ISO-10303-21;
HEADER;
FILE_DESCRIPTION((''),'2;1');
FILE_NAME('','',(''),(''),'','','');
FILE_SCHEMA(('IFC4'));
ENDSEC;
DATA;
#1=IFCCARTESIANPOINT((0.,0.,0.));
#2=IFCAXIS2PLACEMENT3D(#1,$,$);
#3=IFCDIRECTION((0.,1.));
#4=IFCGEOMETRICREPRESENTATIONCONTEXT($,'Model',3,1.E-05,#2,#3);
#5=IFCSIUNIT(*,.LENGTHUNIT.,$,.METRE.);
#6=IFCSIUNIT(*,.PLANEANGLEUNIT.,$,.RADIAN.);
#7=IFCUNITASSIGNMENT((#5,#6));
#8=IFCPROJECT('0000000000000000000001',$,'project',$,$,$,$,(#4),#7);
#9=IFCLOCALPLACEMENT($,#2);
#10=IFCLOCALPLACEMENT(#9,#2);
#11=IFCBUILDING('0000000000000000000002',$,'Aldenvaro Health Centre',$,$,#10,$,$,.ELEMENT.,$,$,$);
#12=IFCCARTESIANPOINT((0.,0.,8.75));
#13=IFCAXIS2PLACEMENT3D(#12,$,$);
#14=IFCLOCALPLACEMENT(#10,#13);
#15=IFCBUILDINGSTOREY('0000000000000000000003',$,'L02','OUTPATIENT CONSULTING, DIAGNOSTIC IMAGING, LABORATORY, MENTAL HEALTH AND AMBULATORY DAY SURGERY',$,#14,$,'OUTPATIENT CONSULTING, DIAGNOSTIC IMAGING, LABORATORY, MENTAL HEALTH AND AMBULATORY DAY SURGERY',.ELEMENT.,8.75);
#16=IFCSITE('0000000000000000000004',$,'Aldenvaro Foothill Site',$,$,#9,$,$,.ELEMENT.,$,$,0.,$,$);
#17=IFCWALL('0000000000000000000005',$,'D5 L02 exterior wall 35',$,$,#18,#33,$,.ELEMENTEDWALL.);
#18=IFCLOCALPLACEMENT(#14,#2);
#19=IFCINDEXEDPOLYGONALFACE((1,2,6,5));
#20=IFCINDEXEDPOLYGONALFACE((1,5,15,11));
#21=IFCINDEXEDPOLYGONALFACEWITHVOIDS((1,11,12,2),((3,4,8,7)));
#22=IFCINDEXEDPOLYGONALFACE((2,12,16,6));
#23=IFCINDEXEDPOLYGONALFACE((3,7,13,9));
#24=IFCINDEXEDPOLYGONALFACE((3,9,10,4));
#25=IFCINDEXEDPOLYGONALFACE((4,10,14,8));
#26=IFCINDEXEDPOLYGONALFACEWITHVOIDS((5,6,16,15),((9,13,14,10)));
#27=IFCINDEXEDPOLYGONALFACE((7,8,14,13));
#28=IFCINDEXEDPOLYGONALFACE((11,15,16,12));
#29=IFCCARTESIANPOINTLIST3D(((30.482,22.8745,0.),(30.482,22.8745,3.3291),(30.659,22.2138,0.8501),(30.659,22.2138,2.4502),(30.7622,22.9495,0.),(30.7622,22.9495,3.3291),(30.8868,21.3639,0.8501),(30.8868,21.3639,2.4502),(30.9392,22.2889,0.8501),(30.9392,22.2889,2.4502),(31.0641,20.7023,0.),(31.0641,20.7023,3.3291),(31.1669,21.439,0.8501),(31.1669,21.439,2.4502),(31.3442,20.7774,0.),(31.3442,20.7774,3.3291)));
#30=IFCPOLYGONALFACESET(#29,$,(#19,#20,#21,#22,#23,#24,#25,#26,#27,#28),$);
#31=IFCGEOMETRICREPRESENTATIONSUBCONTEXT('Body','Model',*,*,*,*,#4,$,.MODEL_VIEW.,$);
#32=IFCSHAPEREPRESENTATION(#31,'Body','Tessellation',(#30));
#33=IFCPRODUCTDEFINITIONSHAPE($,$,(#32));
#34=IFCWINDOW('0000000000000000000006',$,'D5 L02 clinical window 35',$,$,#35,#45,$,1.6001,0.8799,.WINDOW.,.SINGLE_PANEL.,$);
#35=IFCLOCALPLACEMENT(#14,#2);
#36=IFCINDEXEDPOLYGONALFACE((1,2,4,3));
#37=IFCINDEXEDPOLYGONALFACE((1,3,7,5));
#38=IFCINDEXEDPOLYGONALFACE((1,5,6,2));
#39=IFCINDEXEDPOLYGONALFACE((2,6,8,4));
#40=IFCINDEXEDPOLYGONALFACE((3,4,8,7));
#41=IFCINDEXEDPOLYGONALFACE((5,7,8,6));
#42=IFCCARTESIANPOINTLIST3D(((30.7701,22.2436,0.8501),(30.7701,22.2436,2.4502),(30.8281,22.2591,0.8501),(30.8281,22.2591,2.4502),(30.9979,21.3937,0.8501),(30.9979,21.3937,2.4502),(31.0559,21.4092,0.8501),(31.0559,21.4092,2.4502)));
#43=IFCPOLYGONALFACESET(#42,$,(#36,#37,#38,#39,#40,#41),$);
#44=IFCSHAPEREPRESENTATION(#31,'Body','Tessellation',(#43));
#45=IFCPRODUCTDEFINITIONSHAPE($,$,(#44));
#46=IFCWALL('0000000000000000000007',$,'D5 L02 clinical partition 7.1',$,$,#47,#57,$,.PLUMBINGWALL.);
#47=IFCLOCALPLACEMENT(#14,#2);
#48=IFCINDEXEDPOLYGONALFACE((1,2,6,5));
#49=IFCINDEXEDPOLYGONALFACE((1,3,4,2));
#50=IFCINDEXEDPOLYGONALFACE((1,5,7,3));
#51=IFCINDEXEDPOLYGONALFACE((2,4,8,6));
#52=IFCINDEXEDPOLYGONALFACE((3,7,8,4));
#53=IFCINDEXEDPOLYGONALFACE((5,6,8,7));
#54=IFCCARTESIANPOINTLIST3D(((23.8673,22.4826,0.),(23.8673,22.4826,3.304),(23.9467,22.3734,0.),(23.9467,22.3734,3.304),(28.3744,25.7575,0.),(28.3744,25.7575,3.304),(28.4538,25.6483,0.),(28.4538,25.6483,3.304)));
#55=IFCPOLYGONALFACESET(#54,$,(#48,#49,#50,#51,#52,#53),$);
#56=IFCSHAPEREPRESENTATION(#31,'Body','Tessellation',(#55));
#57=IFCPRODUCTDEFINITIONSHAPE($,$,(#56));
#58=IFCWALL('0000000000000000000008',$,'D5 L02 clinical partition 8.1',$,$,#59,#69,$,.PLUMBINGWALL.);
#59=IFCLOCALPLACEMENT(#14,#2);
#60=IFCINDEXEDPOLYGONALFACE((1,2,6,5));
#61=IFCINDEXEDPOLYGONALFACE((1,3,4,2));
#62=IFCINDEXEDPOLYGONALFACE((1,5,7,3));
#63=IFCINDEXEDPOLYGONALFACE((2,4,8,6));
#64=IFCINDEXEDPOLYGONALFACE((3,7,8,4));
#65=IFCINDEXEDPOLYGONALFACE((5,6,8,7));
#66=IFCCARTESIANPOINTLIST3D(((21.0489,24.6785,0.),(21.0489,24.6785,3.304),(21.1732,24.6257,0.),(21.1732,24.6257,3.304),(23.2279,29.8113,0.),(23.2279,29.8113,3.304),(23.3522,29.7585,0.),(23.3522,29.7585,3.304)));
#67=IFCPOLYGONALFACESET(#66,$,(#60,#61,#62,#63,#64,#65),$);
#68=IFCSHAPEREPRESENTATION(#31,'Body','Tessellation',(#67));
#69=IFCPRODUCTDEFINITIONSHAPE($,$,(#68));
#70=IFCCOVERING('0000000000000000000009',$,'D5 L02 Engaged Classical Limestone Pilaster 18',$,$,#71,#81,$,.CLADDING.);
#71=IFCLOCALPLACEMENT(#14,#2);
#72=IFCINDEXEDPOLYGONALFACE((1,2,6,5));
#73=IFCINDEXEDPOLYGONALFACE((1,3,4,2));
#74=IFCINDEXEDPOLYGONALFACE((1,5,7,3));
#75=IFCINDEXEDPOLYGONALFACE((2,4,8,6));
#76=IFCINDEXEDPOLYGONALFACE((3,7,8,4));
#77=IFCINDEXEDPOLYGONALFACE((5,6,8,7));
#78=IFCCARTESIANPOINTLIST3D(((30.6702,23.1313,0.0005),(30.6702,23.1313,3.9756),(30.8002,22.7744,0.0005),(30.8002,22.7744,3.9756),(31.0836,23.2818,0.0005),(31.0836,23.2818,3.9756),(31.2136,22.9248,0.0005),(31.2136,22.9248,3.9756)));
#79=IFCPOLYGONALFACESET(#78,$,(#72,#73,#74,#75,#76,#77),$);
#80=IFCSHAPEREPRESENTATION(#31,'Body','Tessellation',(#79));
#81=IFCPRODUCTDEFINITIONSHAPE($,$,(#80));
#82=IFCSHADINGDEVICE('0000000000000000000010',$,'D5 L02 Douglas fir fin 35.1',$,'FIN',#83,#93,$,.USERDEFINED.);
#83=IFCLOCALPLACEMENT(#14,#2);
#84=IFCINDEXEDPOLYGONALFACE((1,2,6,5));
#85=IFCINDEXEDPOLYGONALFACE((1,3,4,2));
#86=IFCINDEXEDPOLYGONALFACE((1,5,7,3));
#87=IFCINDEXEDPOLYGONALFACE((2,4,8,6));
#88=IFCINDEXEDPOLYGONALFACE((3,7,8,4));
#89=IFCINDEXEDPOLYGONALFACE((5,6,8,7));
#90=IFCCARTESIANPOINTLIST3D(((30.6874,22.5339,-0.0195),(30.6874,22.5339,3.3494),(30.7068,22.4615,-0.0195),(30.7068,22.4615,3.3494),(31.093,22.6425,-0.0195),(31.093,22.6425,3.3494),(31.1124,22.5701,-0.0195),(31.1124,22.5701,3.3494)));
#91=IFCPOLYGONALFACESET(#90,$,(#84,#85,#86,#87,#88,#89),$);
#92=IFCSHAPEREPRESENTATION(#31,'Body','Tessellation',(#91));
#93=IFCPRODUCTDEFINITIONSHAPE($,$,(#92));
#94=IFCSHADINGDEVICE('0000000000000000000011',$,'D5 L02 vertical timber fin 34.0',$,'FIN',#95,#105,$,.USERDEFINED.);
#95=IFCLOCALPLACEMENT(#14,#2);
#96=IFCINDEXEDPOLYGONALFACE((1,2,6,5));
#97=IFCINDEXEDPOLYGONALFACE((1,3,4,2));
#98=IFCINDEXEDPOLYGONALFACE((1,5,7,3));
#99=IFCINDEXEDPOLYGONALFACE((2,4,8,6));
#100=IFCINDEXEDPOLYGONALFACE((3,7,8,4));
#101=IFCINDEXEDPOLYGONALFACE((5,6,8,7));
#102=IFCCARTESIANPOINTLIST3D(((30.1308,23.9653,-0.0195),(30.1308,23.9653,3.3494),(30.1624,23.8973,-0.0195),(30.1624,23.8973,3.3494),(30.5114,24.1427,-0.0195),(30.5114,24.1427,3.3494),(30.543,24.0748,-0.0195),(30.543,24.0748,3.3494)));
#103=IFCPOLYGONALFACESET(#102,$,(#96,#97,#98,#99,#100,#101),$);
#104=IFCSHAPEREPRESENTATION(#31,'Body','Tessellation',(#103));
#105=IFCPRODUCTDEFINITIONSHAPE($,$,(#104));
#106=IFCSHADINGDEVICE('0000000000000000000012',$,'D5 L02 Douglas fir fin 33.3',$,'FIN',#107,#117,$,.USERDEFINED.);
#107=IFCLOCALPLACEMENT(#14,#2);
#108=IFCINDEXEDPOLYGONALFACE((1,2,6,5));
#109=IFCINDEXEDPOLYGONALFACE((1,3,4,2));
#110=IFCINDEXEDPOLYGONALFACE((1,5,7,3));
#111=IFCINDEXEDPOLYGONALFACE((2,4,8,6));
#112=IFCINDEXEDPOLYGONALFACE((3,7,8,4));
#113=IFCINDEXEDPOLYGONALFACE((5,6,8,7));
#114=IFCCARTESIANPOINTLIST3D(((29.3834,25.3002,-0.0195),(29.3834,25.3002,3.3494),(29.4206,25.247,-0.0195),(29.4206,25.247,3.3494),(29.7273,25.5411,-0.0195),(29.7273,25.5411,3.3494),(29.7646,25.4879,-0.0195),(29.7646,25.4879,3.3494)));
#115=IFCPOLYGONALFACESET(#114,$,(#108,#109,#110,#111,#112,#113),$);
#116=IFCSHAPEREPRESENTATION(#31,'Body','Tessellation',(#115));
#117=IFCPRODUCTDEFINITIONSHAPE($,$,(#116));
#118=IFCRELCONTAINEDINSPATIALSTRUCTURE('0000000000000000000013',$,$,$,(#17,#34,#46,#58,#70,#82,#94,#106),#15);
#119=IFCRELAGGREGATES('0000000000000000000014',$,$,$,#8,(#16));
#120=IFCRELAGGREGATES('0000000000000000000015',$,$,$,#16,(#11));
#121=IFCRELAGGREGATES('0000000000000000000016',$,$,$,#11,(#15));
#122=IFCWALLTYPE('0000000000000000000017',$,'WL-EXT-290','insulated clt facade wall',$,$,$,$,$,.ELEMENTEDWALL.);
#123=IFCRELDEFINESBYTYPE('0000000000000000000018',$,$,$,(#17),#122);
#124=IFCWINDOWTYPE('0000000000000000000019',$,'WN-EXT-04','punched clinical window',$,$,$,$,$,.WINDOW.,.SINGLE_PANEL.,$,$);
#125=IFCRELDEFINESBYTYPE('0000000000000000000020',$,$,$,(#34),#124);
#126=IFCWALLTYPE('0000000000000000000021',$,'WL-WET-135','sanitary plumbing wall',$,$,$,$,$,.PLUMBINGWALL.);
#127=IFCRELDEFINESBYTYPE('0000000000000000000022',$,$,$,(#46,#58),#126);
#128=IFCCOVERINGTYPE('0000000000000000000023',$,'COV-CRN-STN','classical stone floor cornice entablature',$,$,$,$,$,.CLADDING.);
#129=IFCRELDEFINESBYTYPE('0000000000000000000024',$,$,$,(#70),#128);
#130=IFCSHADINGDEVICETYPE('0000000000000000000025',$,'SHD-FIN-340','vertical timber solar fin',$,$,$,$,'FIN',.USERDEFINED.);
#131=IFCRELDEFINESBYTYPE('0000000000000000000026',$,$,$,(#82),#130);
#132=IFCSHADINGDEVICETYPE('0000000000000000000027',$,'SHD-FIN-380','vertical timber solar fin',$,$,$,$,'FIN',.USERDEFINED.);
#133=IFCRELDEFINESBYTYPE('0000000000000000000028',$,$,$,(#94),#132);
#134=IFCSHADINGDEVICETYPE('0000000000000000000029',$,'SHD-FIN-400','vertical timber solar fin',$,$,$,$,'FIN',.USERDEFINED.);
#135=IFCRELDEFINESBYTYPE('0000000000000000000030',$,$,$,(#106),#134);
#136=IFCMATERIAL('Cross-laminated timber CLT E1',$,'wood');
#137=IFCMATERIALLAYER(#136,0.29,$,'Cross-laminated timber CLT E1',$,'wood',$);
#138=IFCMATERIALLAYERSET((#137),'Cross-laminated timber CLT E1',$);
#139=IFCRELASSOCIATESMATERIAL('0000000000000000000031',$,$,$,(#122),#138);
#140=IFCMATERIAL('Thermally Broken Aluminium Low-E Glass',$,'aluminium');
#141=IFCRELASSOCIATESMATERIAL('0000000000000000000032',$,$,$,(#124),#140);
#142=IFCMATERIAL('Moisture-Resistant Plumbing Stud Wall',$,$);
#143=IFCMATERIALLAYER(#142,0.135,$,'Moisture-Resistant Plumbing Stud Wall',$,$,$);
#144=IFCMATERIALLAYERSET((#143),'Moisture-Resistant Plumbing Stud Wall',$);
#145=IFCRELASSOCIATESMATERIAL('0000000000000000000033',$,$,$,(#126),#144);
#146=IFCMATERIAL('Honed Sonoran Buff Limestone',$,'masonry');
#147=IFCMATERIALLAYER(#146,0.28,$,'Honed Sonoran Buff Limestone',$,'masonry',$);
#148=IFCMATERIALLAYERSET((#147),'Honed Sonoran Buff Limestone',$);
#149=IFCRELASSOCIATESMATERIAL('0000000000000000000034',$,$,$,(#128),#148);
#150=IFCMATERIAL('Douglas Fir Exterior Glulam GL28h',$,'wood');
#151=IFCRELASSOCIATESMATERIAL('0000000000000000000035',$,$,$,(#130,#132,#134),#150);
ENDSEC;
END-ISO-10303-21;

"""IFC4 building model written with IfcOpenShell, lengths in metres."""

from ifc_helpers import new_model, si_unit, direction, frame, frame_2d, origin, origin_2d, place, context, subcontext, project, spatial, rectangle, extrude, material, layer, layer_set, type_object, element, fill, save


model = new_model("IFC4")

# Units and contexts
model_context = context("Model", 3, precision=1e-05, world=origin(), true_north=direction((0.0, 1.0)))
body_context = subcontext(model_context, "Body", "Model", "MODEL_VIEW")
ifc_project = project(units=[si_unit("LENGTHUNIT", "METRE"), si_unit("PLANEANGLEUNIT", "RADIAN")], contexts=[model_context])

# Site, building, storey
site_placement = place(None, origin())
site = spatial("IfcSite", under=ifc_project, at=site_placement, Name="Aldenvaro Foothill Site", CompositionType="ELEMENT", RefElevation=0.0)
building_placement = place(site_placement, origin())
building = spatial("IfcBuilding", under=site, at=building_placement, Name="Aldenvaro Health Centre", CompositionType="ELEMENT")
storey_placement = place(building_placement, frame((0.0, 0.0, 8.75)))
storey = spatial("IfcBuildingStorey", under=building, at=storey_placement, Name="L02", Description="OUTPATIENT CONSULTING, DIAGNOSTIC IMAGING, LABORATORY, MENTAL HEALTH AND AMBULATORY DAY SURGERY", LongName="OUTPATIENT CONSULTING, DIAGNOSTIC IMAGING, LABORATORY, MENTAL HEALTH AND AMBULATORY DAY SURGERY", CompositionType="ELEMENT", Elevation=8.75)

# Wall, opening, window
ifc_material_1 = material(Name="Cross-laminated timber CLT E1", Category="wood")
ifc_layer_1 = layer(ifc_material_1, 0.29, Name="Cross-laminated timber CLT E1", Category="wood")
ifc_layer_set_1 = layer_set([ifc_layer_1], Name="Cross-laminated timber CLT E1")
wall_type_1 = type_object("IfcWallType", Name="WL-EXT-290", Description="insulated clt facade wall", PredefinedType="ELEMENTEDWALL", material=ifc_layer_set_1)
wall_1_placement = place(storey_placement, frame((30.6221, 22.9121, 0.0), z_axis=(0.0, 0.0, 1.0), x_axis=(0.258825, -0.965924, 0.0)))
wall_1 = element("IfcWall", 1, at=wall_1_placement, inside=storey, type_object=wall_type_1, Name="D5 L02 exterior wall 35", PredefinedType="ELEMENTEDWALL", context=body_context, shape_type="SweptSolid", body=[
    extrude(rectangle(XDim=2.2488, YDim=0.29, at=frame_2d((1.1245, 0.0))), origin(), (0.0, 0.0, 1.0), 3.3291),
])
opening_1_placement = place(wall_1_placement, frame((0.6841, 0.0, 0.8501)))
opening_1 = element("IfcOpeningElement", 2, at=opening_1_placement, cuts=wall_1, PredefinedType="OPENING", context=body_context, shape_type="SweptSolid", body=[
    extrude(rectangle(XDim=0.8799, YDim=1.6001, at=frame_2d((0.4399, 0.8))), frame((0.0, 0.155, 0.0), z_axis=(0.0, -1.0, 0.0), x_axis=(1.0, 0.0, 0.0)), (0.0, 0.0, 1.0), 0.3101),
])
ifc_material_2 = material(Name="Thermally Broken Aluminium Low-E Glass", Category="aluminium")
window_type = type_object("IfcWindowType", Name="WN-EXT-04", Description="punched clinical window", PartitioningType="SINGLE_PANEL", PredefinedType="WINDOW", material=ifc_material_2)
window_placement = place(opening_1_placement, origin())
window = element("IfcWindow", 3, at=window_placement, inside=storey, type_object=window_type, Name="D5 L02 clinical window 35", OverallHeight=1.6001, OverallWidth=0.8799, PartitioningType="SINGLE_PANEL", PredefinedType="WINDOW", context=body_context, shape_type="SweptSolid", body=[
    extrude(rectangle(XDim=0.8799, YDim=1.6001, at=frame_2d((0.4399, 0.8))), frame((0.0, 0.03, 0.0), z_axis=(0.0, -1.0, 0.0), x_axis=(1.0, 0.0, 0.0)), (0.0, 0.0, 1.0), 0.0601),
])
fill(opening_1, window)

# Walls
ifc_material_3 = material(Name="Moisture-Resistant Plumbing Stud Wall")
ifc_layer_2 = layer(ifc_material_3, 0.135, Name="Moisture-Resistant Plumbing Stud Wall")
ifc_layer_set_2 = layer_set([ifc_layer_2], Name="Moisture-Resistant Plumbing Stud Wall")
wall_type_2 = type_object("IfcWallType", Name="WL-WET-135", Description="sanitary plumbing wall", PredefinedType="PLUMBINGWALL", material=ifc_layer_set_2)
wall_2_placement = place(storey_placement, frame((23.907, 22.428, 0.0), z_axis=(0.0, 0.0, 1.0), x_axis=(0.80899, 0.587822, 0.0)))
element("IfcWall", 4, at=wall_2_placement, inside=storey, type_object=wall_type_2, Name="D5 L02 clinical partition 7.1", PredefinedType="PLUMBINGWALL", context=body_context, shape_type="SweptSolid", body=[
    extrude(rectangle(XDim=5.5713, YDim=0.135, at=frame_2d((2.7856, 0.0))), origin(), (0.0, 0.0, 1.0), 3.304),
])
wall_3_placement = place(storey_placement, frame((21.1111, 24.6521, 0.0), z_axis=(0.0, 0.0, 1.0), x_axis=(0.390762, 0.920492, 0.0)))
element("IfcWall", 5, at=wall_3_placement, inside=storey, type_object=wall_type_2, Name="D5 L02 clinical partition 8.1", PredefinedType="PLUMBINGWALL", context=body_context, shape_type="SweptSolid", body=[
    extrude(rectangle(XDim=5.5762, YDim=0.135, at=frame_2d((2.7881, 0.0))), origin(), (0.0, 0.0, 1.0), 3.304),
])

# Covering
ifc_material_4 = material(Name="Honed Sonoran Buff Limestone", Category="masonry")
ifc_layer_3 = layer(ifc_material_4, 0.28, Name="Honed Sonoran Buff Limestone", Category="masonry")
ifc_layer_set_3 = layer_set([ifc_layer_3], Name="Honed Sonoran Buff Limestone")
covering_type = type_object("IfcCoveringType", Name="COV-CRN-STN", Description="classical stone floor cornice entablature", PredefinedType="CLADDING", material=ifc_layer_set_3)
covering_placement = place(storey_placement, frame((30.9419, 23.0281, 0.0005), z_axis=(0.0, 0.0, 1.0), x_axis=(0.939694, 0.342017, 0.0)))
element("IfcCovering", 6, at=covering_placement, inside=storey, type_object=covering_type, Name="D5 L02 Engaged Classical Limestone Pilaster 18", PredefinedType="CLADDING", context=body_context, shape_type="SweptSolid", body=[
    extrude(rectangle(XDim=0.4399, YDim=0.3799, at=origin_2d()), origin(), (0.0, 0.0, 1.0), 3.9751),
])

# Shading devices
ifc_material_5 = material(Name="Douglas Fir Exterior Glulam GL28h", Category="wood")
shading_device_type_1 = type_object("IfcShadingDeviceType", Name="SHD-FIN-340", Description="vertical timber solar fin", ElementType="FIN", PredefinedType="USERDEFINED", material=ifc_material_5)
shading_device_1_placement = place(storey_placement, frame((30.8999, 22.552, -0.0195), z_axis=(0.0, 0.0, 1.0), x_axis=(0.258825, -0.965924, 0.0)))
element("IfcShadingDevice", 7, at=shading_device_1_placement, inside=storey, type_object=shading_device_type_1, Name="D5 L02 Douglas fir fin 35.1", ObjectType="FIN", PredefinedType="USERDEFINED", context=body_context, shape_type="SweptSolid", body=[
    extrude(rectangle(XDim=0.075, YDim=0.4199, at=origin_2d()), origin(), (0.0, 0.0, 1.0), 3.3689),
])
shading_device_type_2 = type_object("IfcShadingDeviceType", Name="SHD-FIN-380", Description="vertical timber solar fin", ElementType="FIN", PredefinedType="USERDEFINED", material=ifc_material_5)
shading_device_2_placement = place(storey_placement, frame((30.3369, 24.02, -0.0195), z_axis=(0.0, 0.0, 1.0), x_axis=(0.422496, -0.906365, 0.0)))
element("IfcShadingDevice", 8, at=shading_device_2_placement, inside=storey, type_object=shading_device_type_2, Name="D5 L02 vertical timber fin 34.0", ObjectType="FIN", PredefinedType="USERDEFINED", context=body_context, shape_type="SweptSolid", body=[
    extrude(rectangle(XDim=0.075, YDim=0.4199, at=origin_2d()), origin(), (0.0, 0.0, 1.0), 3.3689),
])
shading_device_type_3 = type_object("IfcShadingDeviceType", Name="SHD-FIN-400", Description="vertical timber solar fin", ElementType="FIN", PredefinedType="USERDEFINED", material=ifc_material_5)
shading_device_3_placement = place(storey_placement, frame((29.574, 25.394, -0.0195), z_axis=(0.0, 0.0, 1.0), x_axis=(0.573641, -0.819107, 0.0)))
element("IfcShadingDevice", 9, at=shading_device_3_placement, inside=storey, type_object=shading_device_type_3, Name="D5 L02 Douglas fir fin 33.3", ObjectType="FIN", PredefinedType="USERDEFINED", context=body_context, shape_type="SweptSolid", body=[
    extrude(rectangle(XDim=0.0649, YDim=0.4199, at=origin_2d()), origin(), (0.0, 0.0, 1.0), 3.3689),
])

save(model, "model.ifc")
